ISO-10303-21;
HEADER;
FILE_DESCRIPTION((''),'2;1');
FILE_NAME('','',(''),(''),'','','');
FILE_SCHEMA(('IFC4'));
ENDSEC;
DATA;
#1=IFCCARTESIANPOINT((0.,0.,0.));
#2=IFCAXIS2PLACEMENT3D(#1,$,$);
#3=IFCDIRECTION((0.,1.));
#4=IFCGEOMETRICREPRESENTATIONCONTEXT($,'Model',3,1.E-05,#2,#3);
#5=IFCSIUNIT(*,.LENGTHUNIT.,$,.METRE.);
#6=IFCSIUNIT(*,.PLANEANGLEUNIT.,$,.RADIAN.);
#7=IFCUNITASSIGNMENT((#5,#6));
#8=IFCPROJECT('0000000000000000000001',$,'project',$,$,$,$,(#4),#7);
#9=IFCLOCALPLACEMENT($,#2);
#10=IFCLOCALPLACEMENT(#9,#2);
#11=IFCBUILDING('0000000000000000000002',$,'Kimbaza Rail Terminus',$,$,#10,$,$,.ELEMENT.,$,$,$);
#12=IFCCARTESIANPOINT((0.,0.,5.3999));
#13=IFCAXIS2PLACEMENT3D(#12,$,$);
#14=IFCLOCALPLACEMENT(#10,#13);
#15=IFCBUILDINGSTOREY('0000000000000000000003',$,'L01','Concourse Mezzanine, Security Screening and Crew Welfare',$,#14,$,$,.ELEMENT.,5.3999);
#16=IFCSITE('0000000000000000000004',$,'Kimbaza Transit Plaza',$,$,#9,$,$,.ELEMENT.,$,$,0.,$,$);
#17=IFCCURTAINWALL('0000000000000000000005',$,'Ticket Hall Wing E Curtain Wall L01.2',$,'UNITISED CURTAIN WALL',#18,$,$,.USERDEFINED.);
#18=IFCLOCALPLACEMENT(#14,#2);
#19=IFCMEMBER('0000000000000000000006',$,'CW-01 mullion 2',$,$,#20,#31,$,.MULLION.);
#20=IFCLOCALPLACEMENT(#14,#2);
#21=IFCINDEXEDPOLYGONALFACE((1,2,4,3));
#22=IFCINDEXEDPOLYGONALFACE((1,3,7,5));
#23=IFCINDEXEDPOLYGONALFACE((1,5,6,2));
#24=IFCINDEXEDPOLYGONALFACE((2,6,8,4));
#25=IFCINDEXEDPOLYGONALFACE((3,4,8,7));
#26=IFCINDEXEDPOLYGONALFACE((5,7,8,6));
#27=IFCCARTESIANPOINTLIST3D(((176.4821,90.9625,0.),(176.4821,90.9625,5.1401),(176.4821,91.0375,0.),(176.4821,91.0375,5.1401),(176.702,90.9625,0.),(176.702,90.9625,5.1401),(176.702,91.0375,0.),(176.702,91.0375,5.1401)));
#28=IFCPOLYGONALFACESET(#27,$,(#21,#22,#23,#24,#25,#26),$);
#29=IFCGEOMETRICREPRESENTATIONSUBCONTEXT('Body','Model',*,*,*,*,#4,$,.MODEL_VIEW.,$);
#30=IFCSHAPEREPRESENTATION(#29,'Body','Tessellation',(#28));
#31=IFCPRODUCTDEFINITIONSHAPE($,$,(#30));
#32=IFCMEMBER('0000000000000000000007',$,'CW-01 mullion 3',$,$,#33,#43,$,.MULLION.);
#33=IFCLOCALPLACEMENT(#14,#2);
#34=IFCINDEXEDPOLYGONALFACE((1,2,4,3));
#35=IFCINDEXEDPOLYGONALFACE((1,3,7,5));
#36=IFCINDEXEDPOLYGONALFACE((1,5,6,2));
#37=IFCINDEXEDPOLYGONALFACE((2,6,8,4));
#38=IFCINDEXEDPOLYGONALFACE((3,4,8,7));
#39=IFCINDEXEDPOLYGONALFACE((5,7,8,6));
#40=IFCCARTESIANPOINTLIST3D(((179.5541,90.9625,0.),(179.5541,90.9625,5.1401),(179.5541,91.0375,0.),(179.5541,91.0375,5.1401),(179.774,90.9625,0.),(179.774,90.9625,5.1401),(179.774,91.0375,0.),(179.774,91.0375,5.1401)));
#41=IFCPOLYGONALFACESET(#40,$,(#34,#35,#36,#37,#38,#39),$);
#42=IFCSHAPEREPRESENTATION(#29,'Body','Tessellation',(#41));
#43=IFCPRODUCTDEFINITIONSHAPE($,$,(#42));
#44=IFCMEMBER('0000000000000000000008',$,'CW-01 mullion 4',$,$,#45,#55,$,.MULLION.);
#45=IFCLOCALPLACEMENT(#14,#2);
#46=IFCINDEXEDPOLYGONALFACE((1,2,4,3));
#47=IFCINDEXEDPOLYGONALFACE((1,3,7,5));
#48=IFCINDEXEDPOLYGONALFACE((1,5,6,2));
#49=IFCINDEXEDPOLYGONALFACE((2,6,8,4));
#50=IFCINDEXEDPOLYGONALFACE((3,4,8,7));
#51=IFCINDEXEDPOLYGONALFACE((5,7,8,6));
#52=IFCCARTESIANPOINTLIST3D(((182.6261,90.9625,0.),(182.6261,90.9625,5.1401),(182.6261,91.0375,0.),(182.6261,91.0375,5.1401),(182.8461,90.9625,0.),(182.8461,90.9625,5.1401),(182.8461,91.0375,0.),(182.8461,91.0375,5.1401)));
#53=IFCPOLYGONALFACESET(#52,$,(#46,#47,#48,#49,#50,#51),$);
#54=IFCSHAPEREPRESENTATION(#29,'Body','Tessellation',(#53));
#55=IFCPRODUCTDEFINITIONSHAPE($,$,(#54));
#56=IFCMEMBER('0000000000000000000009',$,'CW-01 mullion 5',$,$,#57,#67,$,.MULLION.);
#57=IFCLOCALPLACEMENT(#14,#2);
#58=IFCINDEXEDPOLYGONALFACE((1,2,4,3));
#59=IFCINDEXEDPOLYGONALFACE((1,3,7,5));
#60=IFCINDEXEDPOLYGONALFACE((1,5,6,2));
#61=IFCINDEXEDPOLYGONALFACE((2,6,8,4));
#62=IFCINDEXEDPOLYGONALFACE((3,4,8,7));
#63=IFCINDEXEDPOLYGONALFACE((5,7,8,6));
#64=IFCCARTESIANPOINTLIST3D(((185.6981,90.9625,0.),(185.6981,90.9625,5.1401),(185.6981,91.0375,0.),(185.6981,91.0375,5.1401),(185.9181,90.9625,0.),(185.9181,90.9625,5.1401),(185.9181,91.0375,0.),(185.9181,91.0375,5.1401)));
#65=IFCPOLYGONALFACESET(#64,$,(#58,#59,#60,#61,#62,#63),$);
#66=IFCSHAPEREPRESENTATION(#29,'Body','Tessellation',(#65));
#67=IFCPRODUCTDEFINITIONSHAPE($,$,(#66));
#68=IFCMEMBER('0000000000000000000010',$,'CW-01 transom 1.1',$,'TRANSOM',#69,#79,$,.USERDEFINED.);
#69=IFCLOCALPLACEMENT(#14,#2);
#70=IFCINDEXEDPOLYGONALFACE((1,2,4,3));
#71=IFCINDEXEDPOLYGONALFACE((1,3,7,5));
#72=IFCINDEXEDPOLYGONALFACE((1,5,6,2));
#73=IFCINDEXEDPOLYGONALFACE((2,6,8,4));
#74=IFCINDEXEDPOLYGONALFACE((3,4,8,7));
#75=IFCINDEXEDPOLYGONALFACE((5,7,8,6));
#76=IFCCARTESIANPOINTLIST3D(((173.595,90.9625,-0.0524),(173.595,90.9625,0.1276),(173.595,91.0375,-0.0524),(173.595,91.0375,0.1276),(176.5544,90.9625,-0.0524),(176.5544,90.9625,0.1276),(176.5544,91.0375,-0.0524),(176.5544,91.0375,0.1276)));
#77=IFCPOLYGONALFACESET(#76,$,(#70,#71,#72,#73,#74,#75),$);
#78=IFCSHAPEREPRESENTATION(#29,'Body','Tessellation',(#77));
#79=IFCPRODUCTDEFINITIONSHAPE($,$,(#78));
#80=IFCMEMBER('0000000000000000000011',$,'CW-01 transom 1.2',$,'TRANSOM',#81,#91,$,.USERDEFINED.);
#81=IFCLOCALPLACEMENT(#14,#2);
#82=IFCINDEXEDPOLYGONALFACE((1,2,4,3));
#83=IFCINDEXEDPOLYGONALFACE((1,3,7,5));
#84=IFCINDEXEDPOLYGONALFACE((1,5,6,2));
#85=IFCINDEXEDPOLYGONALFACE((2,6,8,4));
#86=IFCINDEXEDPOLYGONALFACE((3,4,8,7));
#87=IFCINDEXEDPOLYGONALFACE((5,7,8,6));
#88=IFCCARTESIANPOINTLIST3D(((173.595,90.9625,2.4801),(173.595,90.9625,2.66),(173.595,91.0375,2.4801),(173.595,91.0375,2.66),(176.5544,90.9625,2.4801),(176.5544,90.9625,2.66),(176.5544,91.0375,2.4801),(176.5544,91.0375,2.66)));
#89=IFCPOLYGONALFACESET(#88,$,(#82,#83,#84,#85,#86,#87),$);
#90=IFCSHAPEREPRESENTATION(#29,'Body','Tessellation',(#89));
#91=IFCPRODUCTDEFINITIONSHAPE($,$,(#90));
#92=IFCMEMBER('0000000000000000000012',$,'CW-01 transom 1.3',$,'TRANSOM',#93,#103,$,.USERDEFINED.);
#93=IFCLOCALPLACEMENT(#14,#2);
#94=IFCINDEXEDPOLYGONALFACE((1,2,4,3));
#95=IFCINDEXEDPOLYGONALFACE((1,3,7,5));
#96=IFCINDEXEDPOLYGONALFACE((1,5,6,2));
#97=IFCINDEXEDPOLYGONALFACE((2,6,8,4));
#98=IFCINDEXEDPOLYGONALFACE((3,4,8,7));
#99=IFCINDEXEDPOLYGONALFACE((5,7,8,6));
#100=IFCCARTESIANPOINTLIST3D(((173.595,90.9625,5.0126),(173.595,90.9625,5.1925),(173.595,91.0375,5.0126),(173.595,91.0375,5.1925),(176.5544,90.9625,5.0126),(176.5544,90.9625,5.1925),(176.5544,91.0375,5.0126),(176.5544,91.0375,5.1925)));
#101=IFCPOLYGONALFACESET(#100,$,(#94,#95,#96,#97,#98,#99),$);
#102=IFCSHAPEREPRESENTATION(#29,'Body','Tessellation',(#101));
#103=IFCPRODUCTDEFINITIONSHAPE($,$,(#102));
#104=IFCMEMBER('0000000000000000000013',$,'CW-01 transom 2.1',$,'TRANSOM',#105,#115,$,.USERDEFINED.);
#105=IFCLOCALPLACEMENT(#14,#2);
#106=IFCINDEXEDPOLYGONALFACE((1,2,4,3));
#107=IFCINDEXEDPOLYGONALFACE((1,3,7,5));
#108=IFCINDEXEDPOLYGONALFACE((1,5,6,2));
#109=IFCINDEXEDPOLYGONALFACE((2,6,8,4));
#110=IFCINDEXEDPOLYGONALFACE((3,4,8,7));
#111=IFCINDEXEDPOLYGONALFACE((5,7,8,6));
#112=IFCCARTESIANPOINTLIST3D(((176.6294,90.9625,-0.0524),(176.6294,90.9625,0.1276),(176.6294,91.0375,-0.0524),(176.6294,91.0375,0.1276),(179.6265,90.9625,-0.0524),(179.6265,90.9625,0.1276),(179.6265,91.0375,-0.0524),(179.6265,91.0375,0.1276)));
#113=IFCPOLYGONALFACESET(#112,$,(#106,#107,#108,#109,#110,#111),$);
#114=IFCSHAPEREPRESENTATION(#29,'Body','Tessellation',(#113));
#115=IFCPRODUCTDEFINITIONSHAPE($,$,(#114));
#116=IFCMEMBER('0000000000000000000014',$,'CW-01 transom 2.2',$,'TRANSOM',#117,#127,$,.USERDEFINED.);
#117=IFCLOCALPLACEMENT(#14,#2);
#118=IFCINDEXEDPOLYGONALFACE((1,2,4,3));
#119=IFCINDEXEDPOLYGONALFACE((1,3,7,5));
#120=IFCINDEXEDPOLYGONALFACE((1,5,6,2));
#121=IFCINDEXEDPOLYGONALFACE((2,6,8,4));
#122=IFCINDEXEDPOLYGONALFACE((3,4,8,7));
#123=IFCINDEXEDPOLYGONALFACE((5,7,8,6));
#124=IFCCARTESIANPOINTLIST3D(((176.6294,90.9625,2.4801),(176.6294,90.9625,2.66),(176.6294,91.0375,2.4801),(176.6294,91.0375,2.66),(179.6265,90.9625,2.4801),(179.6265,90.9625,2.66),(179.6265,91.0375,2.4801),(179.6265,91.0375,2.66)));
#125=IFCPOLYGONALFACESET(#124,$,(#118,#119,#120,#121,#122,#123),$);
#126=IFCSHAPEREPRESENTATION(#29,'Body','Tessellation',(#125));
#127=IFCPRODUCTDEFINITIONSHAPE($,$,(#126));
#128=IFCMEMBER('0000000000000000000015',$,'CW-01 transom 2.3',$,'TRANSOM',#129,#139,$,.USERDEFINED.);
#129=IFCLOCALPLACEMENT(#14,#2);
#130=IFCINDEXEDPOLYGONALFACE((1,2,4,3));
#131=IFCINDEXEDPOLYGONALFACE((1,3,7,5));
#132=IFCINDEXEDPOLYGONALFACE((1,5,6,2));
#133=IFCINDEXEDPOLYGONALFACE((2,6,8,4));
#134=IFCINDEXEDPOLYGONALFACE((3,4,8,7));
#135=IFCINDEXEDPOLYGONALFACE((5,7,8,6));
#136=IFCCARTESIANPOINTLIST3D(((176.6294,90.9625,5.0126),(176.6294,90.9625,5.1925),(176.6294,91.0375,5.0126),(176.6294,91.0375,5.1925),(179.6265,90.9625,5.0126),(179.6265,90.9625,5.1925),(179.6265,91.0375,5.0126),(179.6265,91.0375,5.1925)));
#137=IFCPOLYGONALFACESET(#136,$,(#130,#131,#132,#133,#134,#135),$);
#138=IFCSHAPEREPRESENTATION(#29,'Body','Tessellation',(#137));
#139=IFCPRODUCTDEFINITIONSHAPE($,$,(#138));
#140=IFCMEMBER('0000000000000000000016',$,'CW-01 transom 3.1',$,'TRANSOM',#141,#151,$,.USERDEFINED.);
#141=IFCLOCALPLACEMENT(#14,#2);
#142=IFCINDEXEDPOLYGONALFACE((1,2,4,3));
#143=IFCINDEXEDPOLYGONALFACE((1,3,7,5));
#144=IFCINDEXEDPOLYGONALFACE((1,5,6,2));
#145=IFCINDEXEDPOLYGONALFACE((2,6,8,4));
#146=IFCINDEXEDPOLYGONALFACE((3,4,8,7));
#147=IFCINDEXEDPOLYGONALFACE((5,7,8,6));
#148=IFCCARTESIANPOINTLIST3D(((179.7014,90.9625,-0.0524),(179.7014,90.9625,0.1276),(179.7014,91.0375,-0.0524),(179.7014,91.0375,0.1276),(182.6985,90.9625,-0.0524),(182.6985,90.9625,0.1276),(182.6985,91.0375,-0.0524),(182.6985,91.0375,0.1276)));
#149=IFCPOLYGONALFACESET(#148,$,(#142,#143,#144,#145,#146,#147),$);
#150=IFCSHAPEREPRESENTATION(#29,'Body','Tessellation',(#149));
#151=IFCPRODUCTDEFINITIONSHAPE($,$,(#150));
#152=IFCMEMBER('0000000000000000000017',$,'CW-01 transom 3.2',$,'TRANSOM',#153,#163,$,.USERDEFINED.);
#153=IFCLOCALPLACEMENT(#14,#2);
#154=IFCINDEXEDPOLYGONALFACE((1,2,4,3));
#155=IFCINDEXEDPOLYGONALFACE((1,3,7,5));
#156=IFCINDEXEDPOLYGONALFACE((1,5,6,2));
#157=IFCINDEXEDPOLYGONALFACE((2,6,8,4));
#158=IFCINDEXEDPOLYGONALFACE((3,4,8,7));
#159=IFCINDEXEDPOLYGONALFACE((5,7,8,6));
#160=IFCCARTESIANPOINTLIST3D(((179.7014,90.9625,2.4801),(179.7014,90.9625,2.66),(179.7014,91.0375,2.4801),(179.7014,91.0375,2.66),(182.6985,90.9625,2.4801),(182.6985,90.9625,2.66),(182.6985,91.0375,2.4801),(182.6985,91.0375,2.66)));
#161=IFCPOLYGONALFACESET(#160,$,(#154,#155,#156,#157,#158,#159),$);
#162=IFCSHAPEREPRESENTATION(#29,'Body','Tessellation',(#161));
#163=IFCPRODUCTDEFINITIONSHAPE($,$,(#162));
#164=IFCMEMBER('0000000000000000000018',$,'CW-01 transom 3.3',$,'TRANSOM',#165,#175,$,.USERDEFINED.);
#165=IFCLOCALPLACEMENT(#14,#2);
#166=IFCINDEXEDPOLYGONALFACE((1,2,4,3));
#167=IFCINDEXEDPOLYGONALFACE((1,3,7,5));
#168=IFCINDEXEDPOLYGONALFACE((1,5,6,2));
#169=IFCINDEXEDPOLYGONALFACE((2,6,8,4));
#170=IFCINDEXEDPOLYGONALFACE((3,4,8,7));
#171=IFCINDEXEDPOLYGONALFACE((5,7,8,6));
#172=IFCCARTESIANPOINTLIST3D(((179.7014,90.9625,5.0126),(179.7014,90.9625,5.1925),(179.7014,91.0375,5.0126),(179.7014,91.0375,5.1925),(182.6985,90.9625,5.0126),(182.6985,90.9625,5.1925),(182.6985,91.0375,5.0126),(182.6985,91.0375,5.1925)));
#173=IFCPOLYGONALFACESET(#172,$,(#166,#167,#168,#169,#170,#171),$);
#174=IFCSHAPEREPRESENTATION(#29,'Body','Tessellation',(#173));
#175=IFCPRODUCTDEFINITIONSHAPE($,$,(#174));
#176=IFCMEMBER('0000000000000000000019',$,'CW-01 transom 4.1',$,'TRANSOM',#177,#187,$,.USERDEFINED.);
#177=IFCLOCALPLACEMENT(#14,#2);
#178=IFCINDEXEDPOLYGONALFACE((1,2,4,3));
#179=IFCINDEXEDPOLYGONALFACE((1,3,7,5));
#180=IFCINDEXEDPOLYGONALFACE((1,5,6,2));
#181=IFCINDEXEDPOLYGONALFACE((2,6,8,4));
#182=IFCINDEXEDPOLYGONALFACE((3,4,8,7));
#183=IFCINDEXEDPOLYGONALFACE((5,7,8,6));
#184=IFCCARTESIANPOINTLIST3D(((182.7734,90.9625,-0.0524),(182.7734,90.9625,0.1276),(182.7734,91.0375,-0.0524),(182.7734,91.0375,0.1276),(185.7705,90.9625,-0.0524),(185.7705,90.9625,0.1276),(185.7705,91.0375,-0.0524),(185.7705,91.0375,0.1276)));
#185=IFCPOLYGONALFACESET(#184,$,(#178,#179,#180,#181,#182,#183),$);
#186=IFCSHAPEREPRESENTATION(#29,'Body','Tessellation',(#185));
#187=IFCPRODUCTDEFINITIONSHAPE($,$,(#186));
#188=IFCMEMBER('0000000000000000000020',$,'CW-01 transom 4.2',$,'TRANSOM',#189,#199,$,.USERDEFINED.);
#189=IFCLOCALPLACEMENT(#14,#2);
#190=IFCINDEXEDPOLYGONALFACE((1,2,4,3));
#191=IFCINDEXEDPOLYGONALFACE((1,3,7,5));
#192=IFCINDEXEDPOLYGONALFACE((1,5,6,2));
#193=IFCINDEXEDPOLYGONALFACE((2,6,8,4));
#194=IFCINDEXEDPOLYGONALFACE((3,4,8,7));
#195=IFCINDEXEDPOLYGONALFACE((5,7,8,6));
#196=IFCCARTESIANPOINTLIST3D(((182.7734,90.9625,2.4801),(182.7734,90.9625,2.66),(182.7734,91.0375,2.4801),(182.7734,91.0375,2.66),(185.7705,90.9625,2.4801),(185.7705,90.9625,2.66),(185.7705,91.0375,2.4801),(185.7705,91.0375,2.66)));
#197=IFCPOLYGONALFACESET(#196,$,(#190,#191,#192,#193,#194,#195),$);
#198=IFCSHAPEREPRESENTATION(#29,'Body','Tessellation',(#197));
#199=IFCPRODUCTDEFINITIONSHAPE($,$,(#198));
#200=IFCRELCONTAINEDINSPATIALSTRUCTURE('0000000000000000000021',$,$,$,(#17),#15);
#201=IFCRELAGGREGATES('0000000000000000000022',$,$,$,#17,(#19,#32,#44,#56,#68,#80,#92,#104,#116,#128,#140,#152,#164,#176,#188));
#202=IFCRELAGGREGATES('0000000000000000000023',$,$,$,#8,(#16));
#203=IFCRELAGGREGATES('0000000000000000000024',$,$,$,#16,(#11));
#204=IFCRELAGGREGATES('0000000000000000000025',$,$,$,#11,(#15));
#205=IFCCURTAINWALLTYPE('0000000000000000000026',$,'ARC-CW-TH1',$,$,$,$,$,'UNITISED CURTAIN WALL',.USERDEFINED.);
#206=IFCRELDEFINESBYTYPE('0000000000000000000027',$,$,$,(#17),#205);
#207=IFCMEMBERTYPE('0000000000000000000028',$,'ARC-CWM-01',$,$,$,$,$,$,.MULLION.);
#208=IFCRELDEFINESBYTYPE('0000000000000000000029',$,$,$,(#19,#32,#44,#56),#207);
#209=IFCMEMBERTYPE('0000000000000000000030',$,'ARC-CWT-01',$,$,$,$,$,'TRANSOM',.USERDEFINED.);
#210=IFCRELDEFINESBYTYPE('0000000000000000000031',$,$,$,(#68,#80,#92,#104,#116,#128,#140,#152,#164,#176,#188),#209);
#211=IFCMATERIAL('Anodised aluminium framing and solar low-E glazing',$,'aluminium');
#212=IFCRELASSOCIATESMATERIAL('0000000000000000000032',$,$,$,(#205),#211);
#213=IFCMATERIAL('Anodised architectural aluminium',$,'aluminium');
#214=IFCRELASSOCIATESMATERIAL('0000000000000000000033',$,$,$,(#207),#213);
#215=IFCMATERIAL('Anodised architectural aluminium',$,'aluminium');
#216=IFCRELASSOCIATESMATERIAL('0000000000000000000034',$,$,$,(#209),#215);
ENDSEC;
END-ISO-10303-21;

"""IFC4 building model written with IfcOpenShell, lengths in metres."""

from ifc_helpers import new_model, si_unit, direction, frame, origin, origin_2d, place, context, subcontext, project, spatial, rectangle, extrude, material, material_profile, profile_set, type_object, element, aggregate, save


model = new_model("IFC4")

# Units and contexts
model_context = context("Model", 3, precision=1e-05, world=origin(), true_north=direction((0.0, 1.0)))
body_context = subcontext(model_context, "Body", "Model", "MODEL_VIEW")
ifc_project = project(units=[si_unit("LENGTHUNIT", "METRE"), si_unit("PLANEANGLEUNIT", "RADIAN")], contexts=[model_context])

# Site, building, storey
site_placement = place(None, origin())
site = spatial("IfcSite", under=ifc_project, at=site_placement, Name="Kimbaza Transit Plaza", CompositionType="ELEMENT", RefElevation=0.0)
building_placement = place(site_placement, origin())
building = spatial("IfcBuilding", under=site, at=building_placement, Name="Kimbaza Rail Terminus", CompositionType="ELEMENT")
storey_placement = place(building_placement, frame((0.0, 0.0, 5.3999)))
storey = spatial("IfcBuildingStorey", under=building, at=storey_placement, Name="L01", Description="Concourse Mezzanine, Security Screening and Crew Welfare", CompositionType="ELEMENT", Elevation=5.3999)

# Curtain wall, members
ifc_material_1 = material(Name="Anodised aluminium framing and solar low-E glazing", Category="aluminium")
curtain_wall_type = type_object("IfcCurtainWallType", Name="ARC-CW-TH1", ElementType="UNITISED CURTAIN WALL", PredefinedType="USERDEFINED", material=ifc_material_1)
curtain_wall_placement = place(storey_placement, origin())
curtain_wall = element("IfcCurtainWall", 1, at=curtain_wall_placement, inside=storey, type_object=curtain_wall_type, Name="Ticket Hall Wing E Curtain Wall L01.2", ObjectType="UNITISED CURTAIN WALL", PredefinedType="USERDEFINED")
ifc_material_2 = material(Name="Anodised architectural aluminium", Category="aluminium")
ifc_material_profile_1 = material_profile(ifc_material_2, rectangle(XDim=0.075, YDim=0.22, at=origin_2d()), Name="MULLION 75x220")
ifc_profile_set_1 = profile_set([ifc_material_profile_1], Name="Anodised architectural aluminium")
member_type_1 = type_object("IfcMemberType", Name="ARC-CWM-01", PredefinedType="MULLION", material=ifc_profile_set_1)
member_1_placement = place(storey_placement, frame((176.592, 91.0, 0.0), z_axis=(0.0, 0.0, 1.0), x_axis=(0.0, 1.0, 0.0)))
member_1 = element("IfcMember", 2, at=member_1_placement, type_object=member_type_1, Name="CW-01 mullion 2", PredefinedType="MULLION", context=body_context, shape_type="SweptSolid", body=[
    extrude(rectangle(XDim=0.075, YDim=0.22, at=origin_2d()), origin(), (0.0, 0.0, 1.0), 5.1401),
])
member_2_placement = place(storey_placement, frame((179.6641, 91.0, 0.0), z_axis=(0.0, 0.0, 1.0), x_axis=(0.0, 1.0, 0.0)))
member_2 = element("IfcMember", 3, at=member_2_placement, type_object=member_type_1, Name="CW-01 mullion 3", PredefinedType="MULLION", context=body_context, shape_type="SweptSolid", body=[
    extrude(rectangle(XDim=0.075, YDim=0.22, at=origin_2d()), origin(), (0.0, 0.0, 1.0), 5.1401),
])
member_3_placement = place(storey_placement, frame((182.7361, 91.0, 0.0), z_axis=(0.0, 0.0, 1.0), x_axis=(0.0, 1.0, 0.0)))
member_3 = element("IfcMember", 4, at=member_3_placement, type_object=member_type_1, Name="CW-01 mullion 4", PredefinedType="MULLION", context=body_context, shape_type="SweptSolid", body=[
    extrude(rectangle(XDim=0.075, YDim=0.22, at=origin_2d()), origin(), (0.0, 0.0, 1.0), 5.1401),
])
member_4_placement = place(storey_placement, frame((185.8081, 91.0, 0.0), z_axis=(0.0, 0.0, 1.0), x_axis=(0.0, 1.0, 0.0)))
member_4 = element("IfcMember", 5, at=member_4_placement, type_object=member_type_1, Name="CW-01 mullion 5", PredefinedType="MULLION", context=body_context, shape_type="SweptSolid", body=[
    extrude(rectangle(XDim=0.075, YDim=0.22, at=origin_2d()), origin(), (0.0, 0.0, 1.0), 5.1401),
])
ifc_material_3 = material(Name="Anodised architectural aluminium", Category="aluminium")
ifc_material_profile_2 = material_profile(ifc_material_3, rectangle(XDim=0.075, YDim=0.1799, at=origin_2d()), Name="TRANSOM 75x180")
ifc_profile_set_2 = profile_set([ifc_material_profile_2], Name="Anodised architectural aluminium")
member_type_2 = type_object("IfcMemberType", Name="ARC-CWT-01", ElementType="TRANSOM", PredefinedType="USERDEFINED", material=ifc_profile_set_2)
member_5_placement = place(storey_placement, frame((173.595, 91.0, 0.0376), z_axis=(1.0, 0.0, 0.0), x_axis=(0.0, 1.0, 0.0)))
member_5 = element("IfcMember", 6, at=member_5_placement, type_object=member_type_2, Name="CW-01 transom 1.1", ObjectType="TRANSOM", PredefinedType="USERDEFINED", context=body_context, shape_type="SweptSolid", body=[
    extrude(rectangle(XDim=0.075, YDim=0.1799, at=origin_2d()), origin(), (0.0, 0.0, 1.0), 2.9595),
])
member_6_placement = place(storey_placement, frame((173.595, 91.0, 2.5701), z_axis=(1.0, 0.0, 0.0), x_axis=(0.0, 1.0, 0.0)))
member_6 = element("IfcMember", 7, at=member_6_placement, type_object=member_type_2, Name="CW-01 transom 1.2", ObjectType="TRANSOM", PredefinedType="USERDEFINED", context=body_context, shape_type="SweptSolid", body=[
    extrude(rectangle(XDim=0.075, YDim=0.1799, at=origin_2d()), origin(), (0.0, 0.0, 1.0), 2.9595),
])
member_7_placement = place(storey_placement, frame((173.595, 91.0, 5.1025), z_axis=(1.0, 0.0, 0.0), x_axis=(0.0, 1.0, 0.0)))
member_7 = element("IfcMember", 8, at=member_7_placement, type_object=member_type_2, Name="CW-01 transom 1.3", ObjectType="TRANSOM", PredefinedType="USERDEFINED", context=body_context, shape_type="SweptSolid", body=[
    extrude(rectangle(XDim=0.075, YDim=0.1799, at=origin_2d()), origin(), (0.0, 0.0, 1.0), 2.9595),
])
member_8_placement = place(storey_placement, frame((176.6294, 91.0, 0.0376), z_axis=(1.0, 0.0, 0.0), x_axis=(0.0, 1.0, 0.0)))
member_8 = element("IfcMember", 9, at=member_8_placement, type_object=member_type_2, Name="CW-01 transom 2.1", ObjectType="TRANSOM", PredefinedType="USERDEFINED", context=body_context, shape_type="SweptSolid", body=[
    extrude(rectangle(XDim=0.075, YDim=0.1799, at=origin_2d()), origin(), (0.0, 0.0, 1.0), 2.9971),
])
member_9_placement = place(storey_placement, frame((176.6294, 91.0, 2.5701), z_axis=(1.0, 0.0, 0.0), x_axis=(0.0, 1.0, 0.0)))
member_9 = element("IfcMember", 10, at=member_9_placement, type_object=member_type_2, Name="CW-01 transom 2.2", ObjectType="TRANSOM", PredefinedType="USERDEFINED", context=body_context, shape_type="SweptSolid", body=[
    extrude(rectangle(XDim=0.075, YDim=0.1799, at=origin_2d()), origin(), (0.0, 0.0, 1.0), 2.9971),
])
member_10_placement = place(storey_placement, frame((176.6294, 91.0, 5.1025), z_axis=(1.0, 0.0, 0.0), x_axis=(0.0, 1.0, 0.0)))
member_10 = element("IfcMember", 11, at=member_10_placement, type_object=member_type_2, Name="CW-01 transom 2.3", ObjectType="TRANSOM", PredefinedType="USERDEFINED", context=body_context, shape_type="SweptSolid", body=[
    extrude(rectangle(XDim=0.075, YDim=0.1799, at=origin_2d()), origin(), (0.0, 0.0, 1.0), 2.9971),
])
member_11_placement = place(storey_placement, frame((179.7014, 91.0, 0.0376), z_axis=(1.0, 0.0, 0.0), x_axis=(0.0, 1.0, 0.0)))
member_11 = element("IfcMember", 12, at=member_11_placement, type_object=member_type_2, Name="CW-01 transom 3.1", ObjectType="TRANSOM", PredefinedType="USERDEFINED", context=body_context, shape_type="SweptSolid", body=[
    extrude(rectangle(XDim=0.075, YDim=0.1799, at=origin_2d()), origin(), (0.0, 0.0, 1.0), 2.9971),
])
member_12_placement = place(storey_placement, frame((179.7014, 91.0, 2.5701), z_axis=(1.0, 0.0, 0.0), x_axis=(0.0, 1.0, 0.0)))
member_12 = element("IfcMember", 13, at=member_12_placement, type_object=member_type_2, Name="CW-01 transom 3.2", ObjectType="TRANSOM", PredefinedType="USERDEFINED", context=body_context, shape_type="SweptSolid", body=[
    extrude(rectangle(XDim=0.075, YDim=0.1799, at=origin_2d()), origin(), (0.0, 0.0, 1.0), 2.9971),
])
member_13_placement = place(storey_placement, frame((179.7014, 91.0, 5.1025), z_axis=(1.0, 0.0, 0.0), x_axis=(0.0, 1.0, 0.0)))
member_13 = element("IfcMember", 14, at=member_13_placement, type_object=member_type_2, Name="CW-01 transom 3.3", ObjectType="TRANSOM", PredefinedType="USERDEFINED", context=body_context, shape_type="SweptSolid", body=[
    extrude(rectangle(XDim=0.075, YDim=0.1799, at=origin_2d()), origin(), (0.0, 0.0, 1.0), 2.9971),
])
member_14_placement = place(storey_placement, frame((182.7734, 91.0, 0.0376), z_axis=(1.0, 0.0, 0.0), x_axis=(0.0, 1.0, 0.0)))
member_14 = element("IfcMember", 15, at=member_14_placement, type_object=member_type_2, Name="CW-01 transom 4.1", ObjectType="TRANSOM", PredefinedType="USERDEFINED", context=body_context, shape_type="SweptSolid", body=[
    extrude(rectangle(XDim=0.075, YDim=0.1799, at=origin_2d()), origin(), (0.0, 0.0, 1.0), 2.9971),
])
member_15_placement = place(storey_placement, frame((182.7734, 91.0, 2.5701), z_axis=(1.0, 0.0, 0.0), x_axis=(0.0, 1.0, 0.0)))
member_15 = element("IfcMember", 16, at=member_15_placement, type_object=member_type_2, Name="CW-01 transom 4.2", ObjectType="TRANSOM", PredefinedType="USERDEFINED", context=body_context, shape_type="SweptSolid", body=[
    extrude(rectangle(XDim=0.075, YDim=0.1799, at=origin_2d()), origin(), (0.0, 0.0, 1.0), 2.9971),
])
aggregate(curtain_wall, [member_1, member_2, member_3, member_4, member_5, member_6, member_7, member_8, member_9, member_10, member_11, member_12, member_13, member_14, member_15])

save(model, "model.ifc")
